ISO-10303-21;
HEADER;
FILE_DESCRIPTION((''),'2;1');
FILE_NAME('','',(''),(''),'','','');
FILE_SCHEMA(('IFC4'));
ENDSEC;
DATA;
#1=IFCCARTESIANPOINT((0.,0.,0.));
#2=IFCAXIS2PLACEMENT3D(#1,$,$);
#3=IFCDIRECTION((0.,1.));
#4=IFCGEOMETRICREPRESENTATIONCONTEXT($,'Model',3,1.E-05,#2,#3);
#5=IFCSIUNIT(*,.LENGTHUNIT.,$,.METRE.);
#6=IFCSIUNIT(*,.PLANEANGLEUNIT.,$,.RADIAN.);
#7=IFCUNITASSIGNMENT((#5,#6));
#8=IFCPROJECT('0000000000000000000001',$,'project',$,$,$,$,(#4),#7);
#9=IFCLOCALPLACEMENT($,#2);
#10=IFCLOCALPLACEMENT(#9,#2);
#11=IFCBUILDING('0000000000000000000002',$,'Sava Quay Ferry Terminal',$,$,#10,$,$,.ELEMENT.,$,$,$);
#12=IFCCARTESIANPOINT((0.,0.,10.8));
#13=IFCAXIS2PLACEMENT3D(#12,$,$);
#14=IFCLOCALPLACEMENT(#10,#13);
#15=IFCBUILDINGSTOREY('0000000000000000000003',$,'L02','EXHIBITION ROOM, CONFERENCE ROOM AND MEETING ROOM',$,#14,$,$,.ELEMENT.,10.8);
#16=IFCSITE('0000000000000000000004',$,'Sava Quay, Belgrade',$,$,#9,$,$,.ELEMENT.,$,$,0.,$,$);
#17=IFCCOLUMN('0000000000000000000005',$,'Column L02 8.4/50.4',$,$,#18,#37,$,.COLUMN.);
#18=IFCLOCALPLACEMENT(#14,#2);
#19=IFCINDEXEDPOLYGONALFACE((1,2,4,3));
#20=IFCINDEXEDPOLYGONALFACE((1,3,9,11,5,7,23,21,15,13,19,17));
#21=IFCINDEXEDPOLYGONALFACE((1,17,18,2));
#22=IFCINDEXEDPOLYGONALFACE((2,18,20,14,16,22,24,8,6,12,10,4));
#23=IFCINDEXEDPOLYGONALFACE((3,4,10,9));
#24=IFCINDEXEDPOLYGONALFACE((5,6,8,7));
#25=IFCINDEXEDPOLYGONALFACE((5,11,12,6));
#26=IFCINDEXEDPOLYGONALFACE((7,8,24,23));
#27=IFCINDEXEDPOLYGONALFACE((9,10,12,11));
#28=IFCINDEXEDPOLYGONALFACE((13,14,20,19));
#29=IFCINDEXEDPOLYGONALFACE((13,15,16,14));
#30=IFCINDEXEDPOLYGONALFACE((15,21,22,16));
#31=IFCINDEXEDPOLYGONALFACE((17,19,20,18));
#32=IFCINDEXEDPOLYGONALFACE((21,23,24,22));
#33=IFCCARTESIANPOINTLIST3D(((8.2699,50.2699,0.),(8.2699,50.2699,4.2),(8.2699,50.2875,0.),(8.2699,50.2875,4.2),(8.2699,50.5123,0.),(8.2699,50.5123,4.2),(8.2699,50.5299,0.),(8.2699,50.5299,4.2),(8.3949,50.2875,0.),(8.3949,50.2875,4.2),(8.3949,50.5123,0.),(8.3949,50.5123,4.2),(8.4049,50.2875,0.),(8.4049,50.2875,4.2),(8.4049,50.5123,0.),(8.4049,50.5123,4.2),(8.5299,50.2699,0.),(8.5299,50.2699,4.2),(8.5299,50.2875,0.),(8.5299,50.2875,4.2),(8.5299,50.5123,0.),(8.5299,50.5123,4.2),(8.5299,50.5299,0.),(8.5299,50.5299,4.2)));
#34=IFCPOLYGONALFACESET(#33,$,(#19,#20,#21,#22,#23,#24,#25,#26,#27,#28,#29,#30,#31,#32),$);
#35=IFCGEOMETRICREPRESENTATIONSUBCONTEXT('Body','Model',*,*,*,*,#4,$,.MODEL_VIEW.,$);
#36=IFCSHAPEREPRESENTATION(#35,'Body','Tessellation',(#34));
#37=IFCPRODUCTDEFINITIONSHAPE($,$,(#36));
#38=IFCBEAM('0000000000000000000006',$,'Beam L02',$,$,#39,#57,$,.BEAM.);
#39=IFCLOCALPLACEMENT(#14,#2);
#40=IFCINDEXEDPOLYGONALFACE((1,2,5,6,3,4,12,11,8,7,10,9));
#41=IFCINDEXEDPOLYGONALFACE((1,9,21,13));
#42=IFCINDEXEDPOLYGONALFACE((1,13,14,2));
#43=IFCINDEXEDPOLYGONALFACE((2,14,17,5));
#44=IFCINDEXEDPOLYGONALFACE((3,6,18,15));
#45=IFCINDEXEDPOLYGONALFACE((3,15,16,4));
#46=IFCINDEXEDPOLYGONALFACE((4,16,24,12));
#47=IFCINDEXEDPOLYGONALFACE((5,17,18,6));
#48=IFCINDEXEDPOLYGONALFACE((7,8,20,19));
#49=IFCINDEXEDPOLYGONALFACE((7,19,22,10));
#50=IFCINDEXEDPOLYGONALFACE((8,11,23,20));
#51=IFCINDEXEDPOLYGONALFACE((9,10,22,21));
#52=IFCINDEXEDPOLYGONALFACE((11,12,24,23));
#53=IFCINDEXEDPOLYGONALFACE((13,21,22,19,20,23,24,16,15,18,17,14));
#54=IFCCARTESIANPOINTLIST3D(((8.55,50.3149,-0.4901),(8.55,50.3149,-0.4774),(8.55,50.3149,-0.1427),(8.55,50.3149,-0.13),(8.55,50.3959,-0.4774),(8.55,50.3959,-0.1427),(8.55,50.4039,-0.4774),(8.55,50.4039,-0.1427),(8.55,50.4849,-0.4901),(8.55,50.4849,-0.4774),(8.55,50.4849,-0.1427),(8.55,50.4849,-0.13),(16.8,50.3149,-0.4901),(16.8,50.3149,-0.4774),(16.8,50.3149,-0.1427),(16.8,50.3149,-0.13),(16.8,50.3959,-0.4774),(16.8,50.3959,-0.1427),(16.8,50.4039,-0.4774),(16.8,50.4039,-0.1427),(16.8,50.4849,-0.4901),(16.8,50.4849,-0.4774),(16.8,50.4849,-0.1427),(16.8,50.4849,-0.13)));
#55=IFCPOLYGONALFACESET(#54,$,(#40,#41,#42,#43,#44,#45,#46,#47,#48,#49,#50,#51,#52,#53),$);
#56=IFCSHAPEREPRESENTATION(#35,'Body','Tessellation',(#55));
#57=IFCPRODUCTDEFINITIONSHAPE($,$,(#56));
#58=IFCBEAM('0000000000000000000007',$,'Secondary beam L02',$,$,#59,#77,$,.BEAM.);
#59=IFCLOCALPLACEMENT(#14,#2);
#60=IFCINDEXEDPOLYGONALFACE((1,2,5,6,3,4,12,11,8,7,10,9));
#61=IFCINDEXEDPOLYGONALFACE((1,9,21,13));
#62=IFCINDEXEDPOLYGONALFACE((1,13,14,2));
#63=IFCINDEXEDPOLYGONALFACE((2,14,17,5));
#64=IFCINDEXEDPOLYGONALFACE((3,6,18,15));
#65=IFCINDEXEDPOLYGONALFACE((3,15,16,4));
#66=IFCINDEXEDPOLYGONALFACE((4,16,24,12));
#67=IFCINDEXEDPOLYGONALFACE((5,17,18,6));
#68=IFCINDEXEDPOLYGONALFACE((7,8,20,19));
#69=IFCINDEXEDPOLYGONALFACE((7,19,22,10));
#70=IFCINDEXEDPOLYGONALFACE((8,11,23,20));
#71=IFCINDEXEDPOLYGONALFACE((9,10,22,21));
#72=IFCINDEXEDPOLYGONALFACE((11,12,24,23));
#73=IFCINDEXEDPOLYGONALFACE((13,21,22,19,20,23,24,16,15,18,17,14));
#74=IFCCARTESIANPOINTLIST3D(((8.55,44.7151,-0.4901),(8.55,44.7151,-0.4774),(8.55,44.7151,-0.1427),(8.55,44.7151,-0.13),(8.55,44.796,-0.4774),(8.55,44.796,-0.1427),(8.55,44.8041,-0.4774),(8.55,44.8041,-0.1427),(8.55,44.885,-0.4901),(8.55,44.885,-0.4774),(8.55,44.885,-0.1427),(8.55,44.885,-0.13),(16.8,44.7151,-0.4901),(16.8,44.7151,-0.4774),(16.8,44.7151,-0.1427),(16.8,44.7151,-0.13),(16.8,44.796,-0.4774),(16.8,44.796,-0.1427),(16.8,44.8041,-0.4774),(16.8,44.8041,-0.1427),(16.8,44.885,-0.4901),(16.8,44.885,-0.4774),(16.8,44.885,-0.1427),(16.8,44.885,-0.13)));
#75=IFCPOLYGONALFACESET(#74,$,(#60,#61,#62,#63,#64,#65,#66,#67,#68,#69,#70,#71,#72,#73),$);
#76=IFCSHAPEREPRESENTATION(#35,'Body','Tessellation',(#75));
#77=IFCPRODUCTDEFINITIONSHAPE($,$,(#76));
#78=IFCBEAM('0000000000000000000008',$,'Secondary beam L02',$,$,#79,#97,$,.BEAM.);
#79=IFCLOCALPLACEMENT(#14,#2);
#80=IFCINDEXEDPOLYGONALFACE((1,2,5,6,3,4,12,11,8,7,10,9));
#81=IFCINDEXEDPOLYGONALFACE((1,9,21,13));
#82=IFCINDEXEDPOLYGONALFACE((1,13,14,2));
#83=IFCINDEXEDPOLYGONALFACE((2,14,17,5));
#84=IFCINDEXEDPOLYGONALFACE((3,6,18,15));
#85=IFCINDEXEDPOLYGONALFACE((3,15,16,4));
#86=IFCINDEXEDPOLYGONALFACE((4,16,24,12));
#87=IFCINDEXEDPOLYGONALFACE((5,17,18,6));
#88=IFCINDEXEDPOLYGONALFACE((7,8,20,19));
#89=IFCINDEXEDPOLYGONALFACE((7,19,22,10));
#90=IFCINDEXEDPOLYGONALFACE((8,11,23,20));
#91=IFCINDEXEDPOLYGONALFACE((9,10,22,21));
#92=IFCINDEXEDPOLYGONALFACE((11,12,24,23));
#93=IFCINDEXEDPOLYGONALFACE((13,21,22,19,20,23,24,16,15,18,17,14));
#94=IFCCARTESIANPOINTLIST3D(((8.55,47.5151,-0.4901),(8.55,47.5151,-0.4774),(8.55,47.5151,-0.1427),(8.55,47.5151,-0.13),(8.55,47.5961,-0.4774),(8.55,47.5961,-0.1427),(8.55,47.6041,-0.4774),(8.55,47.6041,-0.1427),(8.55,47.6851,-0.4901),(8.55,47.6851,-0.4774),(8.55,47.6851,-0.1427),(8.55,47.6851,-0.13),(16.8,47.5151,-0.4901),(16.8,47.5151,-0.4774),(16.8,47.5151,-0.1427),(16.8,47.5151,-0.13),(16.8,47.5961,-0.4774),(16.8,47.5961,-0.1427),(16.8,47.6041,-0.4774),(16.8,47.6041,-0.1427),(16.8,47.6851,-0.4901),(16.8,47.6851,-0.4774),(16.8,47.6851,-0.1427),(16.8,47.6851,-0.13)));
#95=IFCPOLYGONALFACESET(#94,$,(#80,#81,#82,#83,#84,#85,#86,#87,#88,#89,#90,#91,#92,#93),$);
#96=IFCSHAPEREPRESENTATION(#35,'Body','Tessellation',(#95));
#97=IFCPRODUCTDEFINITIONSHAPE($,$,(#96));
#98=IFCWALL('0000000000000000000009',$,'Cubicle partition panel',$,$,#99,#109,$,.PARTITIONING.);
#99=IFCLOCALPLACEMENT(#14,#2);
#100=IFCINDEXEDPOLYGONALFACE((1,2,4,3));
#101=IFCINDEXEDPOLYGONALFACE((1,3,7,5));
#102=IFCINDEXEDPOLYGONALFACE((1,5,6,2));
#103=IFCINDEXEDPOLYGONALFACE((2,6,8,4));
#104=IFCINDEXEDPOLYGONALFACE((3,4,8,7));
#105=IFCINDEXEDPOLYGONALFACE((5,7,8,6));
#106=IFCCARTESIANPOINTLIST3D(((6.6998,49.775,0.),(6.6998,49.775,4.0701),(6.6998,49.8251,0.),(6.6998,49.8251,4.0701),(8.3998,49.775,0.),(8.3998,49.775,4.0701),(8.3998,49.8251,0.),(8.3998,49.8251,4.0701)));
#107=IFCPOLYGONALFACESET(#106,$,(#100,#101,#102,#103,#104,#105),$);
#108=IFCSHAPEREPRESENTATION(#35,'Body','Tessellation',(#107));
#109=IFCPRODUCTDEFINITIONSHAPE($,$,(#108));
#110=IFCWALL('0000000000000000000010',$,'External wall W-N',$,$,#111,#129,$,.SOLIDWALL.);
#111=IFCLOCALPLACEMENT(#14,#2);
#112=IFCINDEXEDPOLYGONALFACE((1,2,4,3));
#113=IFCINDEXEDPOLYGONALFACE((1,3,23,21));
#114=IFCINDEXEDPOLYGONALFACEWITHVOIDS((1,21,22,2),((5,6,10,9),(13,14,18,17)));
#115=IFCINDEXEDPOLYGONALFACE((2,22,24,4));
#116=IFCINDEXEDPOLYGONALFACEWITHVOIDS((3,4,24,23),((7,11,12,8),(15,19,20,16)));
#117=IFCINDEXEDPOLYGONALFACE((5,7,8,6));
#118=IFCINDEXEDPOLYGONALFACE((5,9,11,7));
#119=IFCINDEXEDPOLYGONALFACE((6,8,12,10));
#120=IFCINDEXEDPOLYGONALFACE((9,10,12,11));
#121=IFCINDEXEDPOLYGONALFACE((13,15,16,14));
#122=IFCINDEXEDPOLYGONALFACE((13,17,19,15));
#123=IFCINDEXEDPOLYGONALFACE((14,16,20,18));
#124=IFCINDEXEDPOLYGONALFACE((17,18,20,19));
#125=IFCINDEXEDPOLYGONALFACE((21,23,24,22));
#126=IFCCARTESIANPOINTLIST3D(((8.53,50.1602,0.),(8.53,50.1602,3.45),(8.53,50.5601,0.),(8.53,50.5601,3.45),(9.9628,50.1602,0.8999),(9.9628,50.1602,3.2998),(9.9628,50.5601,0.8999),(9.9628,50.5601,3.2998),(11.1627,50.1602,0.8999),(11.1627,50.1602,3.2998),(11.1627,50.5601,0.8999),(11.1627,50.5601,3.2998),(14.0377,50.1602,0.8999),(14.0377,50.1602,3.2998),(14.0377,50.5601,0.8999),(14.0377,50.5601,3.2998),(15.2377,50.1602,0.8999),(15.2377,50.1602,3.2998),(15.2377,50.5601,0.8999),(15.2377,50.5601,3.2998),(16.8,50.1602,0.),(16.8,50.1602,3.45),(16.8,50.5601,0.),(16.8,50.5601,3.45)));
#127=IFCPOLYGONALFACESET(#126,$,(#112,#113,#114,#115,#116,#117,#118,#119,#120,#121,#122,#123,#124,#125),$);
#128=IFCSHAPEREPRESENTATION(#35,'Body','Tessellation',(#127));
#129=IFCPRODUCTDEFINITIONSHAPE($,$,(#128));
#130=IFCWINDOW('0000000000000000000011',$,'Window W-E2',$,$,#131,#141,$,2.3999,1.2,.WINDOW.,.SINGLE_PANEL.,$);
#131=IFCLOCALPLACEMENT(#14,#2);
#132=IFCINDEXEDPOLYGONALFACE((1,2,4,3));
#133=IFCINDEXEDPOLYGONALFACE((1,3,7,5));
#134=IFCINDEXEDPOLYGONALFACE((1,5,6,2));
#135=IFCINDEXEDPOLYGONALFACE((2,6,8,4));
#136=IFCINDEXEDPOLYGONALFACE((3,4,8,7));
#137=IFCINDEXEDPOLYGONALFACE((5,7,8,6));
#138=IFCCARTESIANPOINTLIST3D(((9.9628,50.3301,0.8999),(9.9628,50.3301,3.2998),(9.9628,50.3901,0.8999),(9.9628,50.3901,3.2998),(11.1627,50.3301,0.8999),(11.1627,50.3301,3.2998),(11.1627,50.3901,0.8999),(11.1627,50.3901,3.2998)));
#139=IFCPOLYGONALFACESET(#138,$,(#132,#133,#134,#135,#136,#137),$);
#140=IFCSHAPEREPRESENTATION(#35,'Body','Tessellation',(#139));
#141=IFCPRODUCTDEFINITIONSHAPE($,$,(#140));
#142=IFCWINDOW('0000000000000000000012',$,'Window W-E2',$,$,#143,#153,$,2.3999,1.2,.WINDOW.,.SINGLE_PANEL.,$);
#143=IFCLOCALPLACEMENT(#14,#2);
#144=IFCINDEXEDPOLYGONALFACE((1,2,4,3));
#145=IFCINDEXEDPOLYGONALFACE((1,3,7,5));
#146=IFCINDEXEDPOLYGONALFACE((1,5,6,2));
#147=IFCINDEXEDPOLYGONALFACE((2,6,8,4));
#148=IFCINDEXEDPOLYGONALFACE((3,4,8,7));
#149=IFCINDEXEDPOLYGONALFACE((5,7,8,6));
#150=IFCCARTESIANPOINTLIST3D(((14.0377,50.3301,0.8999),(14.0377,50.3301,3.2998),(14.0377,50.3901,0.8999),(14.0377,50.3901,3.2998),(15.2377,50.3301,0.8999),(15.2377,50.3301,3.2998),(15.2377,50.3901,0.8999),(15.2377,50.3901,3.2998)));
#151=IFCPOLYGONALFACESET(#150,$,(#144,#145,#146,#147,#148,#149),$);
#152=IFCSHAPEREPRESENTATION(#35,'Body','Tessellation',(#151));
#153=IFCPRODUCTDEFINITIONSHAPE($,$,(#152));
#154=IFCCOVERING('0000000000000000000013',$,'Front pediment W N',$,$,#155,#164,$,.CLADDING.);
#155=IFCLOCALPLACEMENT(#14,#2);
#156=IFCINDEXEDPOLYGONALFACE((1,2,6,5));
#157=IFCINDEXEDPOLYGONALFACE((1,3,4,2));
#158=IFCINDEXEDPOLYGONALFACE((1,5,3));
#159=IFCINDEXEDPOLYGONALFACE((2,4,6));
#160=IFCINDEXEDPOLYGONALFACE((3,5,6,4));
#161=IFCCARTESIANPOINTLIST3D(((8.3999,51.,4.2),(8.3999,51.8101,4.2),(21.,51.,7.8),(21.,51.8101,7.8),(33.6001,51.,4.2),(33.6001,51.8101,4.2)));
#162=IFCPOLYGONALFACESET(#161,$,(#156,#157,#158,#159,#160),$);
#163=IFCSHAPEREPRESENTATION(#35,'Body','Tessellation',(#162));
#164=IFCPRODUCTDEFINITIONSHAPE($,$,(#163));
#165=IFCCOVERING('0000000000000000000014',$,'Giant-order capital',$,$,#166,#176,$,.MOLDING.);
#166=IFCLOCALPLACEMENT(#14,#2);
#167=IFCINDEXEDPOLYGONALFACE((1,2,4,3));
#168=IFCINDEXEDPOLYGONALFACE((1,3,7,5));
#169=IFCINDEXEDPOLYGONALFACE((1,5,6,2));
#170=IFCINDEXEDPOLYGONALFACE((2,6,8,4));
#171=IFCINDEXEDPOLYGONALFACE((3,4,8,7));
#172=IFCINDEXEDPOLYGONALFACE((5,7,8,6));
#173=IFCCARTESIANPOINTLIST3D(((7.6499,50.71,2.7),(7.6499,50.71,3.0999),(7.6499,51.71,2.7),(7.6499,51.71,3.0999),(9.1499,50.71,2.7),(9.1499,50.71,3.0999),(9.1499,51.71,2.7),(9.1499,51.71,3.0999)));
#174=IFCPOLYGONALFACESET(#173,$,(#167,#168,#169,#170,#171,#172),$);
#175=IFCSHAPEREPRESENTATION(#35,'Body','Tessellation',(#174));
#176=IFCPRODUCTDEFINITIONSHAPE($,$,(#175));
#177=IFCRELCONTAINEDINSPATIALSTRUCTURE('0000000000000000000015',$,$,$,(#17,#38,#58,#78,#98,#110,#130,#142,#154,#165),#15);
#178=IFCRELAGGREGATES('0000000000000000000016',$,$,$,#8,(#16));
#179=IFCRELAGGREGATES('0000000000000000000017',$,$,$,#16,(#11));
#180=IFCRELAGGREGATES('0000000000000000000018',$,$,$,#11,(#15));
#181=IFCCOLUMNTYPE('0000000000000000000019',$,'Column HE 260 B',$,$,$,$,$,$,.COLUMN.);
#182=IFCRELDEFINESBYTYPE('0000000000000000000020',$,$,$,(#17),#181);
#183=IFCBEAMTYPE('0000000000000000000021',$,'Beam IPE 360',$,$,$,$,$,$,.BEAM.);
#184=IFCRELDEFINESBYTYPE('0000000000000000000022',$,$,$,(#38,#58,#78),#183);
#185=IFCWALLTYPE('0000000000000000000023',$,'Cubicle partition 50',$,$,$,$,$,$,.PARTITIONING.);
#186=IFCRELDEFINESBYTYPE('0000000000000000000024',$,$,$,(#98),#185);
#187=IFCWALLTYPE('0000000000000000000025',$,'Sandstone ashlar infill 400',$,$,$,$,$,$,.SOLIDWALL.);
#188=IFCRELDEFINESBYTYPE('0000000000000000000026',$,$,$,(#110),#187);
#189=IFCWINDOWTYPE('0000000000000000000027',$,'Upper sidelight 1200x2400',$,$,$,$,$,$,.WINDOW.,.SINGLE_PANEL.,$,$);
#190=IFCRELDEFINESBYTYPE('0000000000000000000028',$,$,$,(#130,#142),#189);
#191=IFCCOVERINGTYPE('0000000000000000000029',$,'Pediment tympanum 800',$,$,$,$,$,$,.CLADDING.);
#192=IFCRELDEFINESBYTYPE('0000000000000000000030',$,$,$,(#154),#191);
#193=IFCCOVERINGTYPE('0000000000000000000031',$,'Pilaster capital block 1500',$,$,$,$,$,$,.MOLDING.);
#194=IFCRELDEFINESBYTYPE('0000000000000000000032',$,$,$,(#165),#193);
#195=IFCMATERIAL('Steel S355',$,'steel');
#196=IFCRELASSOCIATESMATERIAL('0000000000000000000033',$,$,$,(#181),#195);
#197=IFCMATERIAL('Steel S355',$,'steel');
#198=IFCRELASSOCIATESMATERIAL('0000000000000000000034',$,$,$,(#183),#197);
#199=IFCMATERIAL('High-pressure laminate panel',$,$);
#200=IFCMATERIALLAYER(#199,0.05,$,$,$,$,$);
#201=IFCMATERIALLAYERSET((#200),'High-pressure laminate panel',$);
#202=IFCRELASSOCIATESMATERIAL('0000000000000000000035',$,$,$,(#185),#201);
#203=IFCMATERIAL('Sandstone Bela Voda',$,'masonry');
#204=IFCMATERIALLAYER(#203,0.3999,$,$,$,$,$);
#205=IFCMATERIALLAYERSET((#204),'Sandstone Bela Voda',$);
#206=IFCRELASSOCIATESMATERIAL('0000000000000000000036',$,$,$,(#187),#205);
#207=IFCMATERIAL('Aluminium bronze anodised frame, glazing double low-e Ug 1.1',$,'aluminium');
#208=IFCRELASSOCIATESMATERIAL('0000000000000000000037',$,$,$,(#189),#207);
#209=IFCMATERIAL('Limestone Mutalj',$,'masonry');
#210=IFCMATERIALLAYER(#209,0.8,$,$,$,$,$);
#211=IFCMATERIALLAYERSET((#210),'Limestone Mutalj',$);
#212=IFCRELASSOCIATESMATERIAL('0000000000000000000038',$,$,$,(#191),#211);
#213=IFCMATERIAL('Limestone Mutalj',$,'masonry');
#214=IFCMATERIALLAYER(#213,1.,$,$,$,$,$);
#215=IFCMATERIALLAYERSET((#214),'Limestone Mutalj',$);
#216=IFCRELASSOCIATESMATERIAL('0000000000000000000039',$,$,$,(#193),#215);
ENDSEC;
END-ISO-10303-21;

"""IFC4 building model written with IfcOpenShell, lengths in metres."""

from ifc_helpers import new_model, si_unit, direction, frame, frame_2d, origin, origin_2d, place, context, subcontext, project, spatial, polyline, rectangle, i_section, outline, extrude, material, layer, layer_set, material_profile, profile_set, type_object, element, fill, save


model = new_model("IFC4")

# Units and contexts
model_context = context("Model", 3, precision=1e-05, world=origin(), true_north=direction((0.0, 1.0)))
body_context = subcontext(model_context, "Body", "Model", "MODEL_VIEW")
ifc_project = project(units=[si_unit("LENGTHUNIT", "METRE"), si_unit("PLANEANGLEUNIT", "RADIAN")], contexts=[model_context])

# Site, building, storey
site_placement = place(None, origin())
site = spatial("IfcSite", under=ifc_project, at=site_placement, Name="Sava Quay, Belgrade", CompositionType="ELEMENT", RefElevation=0.0)
building_placement = place(site_placement, origin())
building = spatial("IfcBuilding", under=site, at=building_placement, Name="Sava Quay Ferry Terminal", CompositionType="ELEMENT")
storey_placement = place(building_placement, frame((0.0, 0.0, 10.8)))
storey = spatial("IfcBuildingStorey", under=building, at=storey_placement, Name="L02", Description="EXHIBITION ROOM, CONFERENCE ROOM AND MEETING ROOM", CompositionType="ELEMENT", Elevation=10.8)

# Column
ifc_material_1 = material(Name="Steel S355", Category="steel")
ifc_material_profile_1 = material_profile(ifc_material_1, i_section(OverallWidth=0.26, OverallDepth=0.26, WebThickness=0.01, FlangeThickness=0.0176, at=origin_2d()), Name="HE 260 B")
ifc_profile_set_1 = profile_set([ifc_material_profile_1], Name="Steel S355")
column_type = type_object("IfcColumnType", Name="Column HE 260 B", PredefinedType="COLUMN", material=ifc_profile_set_1)
column_placement = place(storey_placement, frame((8.3999, 50.3999, 0.0), z_axis=(0.0, 0.0, 1.0), x_axis=(1.0, 0.0, 0.0)))
element("IfcColumn", 1, at=column_placement, inside=storey, type_object=column_type, Name="Column L02 8.4/50.4", PredefinedType="COLUMN", context=body_context, shape_type="SweptSolid", body=[
    extrude(i_section(OverallWidth=0.26, OverallDepth=0.26, WebThickness=0.01, FlangeThickness=0.0176, at=origin_2d()), origin(), (0.0, 0.0, 1.0), 4.2),
])

# Beams
ifc_material_2 = material(Name="Steel S355", Category="steel")
ifc_material_profile_2 = material_profile(ifc_material_2, i_section(OverallWidth=0.1699, OverallDepth=0.3601, WebThickness=0.0081, FlangeThickness=0.0127, at=origin_2d()), Name="IPE 360")
ifc_profile_set_2 = profile_set([ifc_material_profile_2], Name="Steel S355")
beam_type = type_object("IfcBeamType", Name="Beam IPE 360", PredefinedType="BEAM", material=ifc_profile_set_2)
for number, where, z_axis, x_axis, name in (
    (2, (8.55, 50.3999, -0.3101), (1.0, 0.0, 0.0), (0.0, 1.0, 0.0), "Beam L02"),
    (3, (8.55, 44.8, -0.3101), (1.0, 0.0, 0.0), (0.0, 1.0, 0.0), "Secondary beam L02"),
    (4, (8.55, 47.6001, -0.3101), (1.0, 0.0, 0.0), (0.0, 1.0, 0.0), "Secondary beam L02"),
):
    element("IfcBeam", number, at=place(storey_placement, frame(where, z_axis=z_axis, x_axis=x_axis)), inside=storey, type_object=beam_type, Name=name, PredefinedType="BEAM", context=body_context, shape_type="SweptSolid", body=[
        extrude(i_section(OverallWidth=0.1699, OverallDepth=0.3601, WebThickness=0.0081, FlangeThickness=0.0127, at=origin_2d()), origin(), (0.0, 0.0, 1.0), 8.25),
    ])

# Wall
ifc_material_3 = material(Name="High-pressure laminate panel")
ifc_layer_1 = layer(ifc_material_3, 0.05)
ifc_layer_set_1 = layer_set([ifc_layer_1], Name="High-pressure laminate panel")
wall_type_1 = type_object("IfcWallType", Name="Cubicle partition 50", PredefinedType="PARTITIONING", material=ifc_layer_set_1)
wall_1_placement = place(storey_placement, frame((8.3999, 49.8, 0.0), z_axis=(0.0, 0.0, 1.0), x_axis=(-1.0, 0.0, 0.0)))
element("IfcWall", 5, at=wall_1_placement, inside=storey, type_object=wall_type_1, Name="Cubicle partition panel", PredefinedType="PARTITIONING", context=body_context, shape_type="SweptSolid", body=[
    extrude(rectangle(XDim=1.7, YDim=0.05, at=frame_2d((0.8501, 0.0))), origin(), (0.0, 0.0, 1.0), 4.0701),
])

# Wall, openings, windows
ifc_material_4 = material(Name="Sandstone Bela Voda", Category="masonry")
ifc_layer_2 = layer(ifc_material_4, 0.3999)
ifc_layer_set_2 = layer_set([ifc_layer_2], Name="Sandstone Bela Voda")
wall_type_2 = type_object("IfcWallType", Name="Sandstone ashlar infill 400", PredefinedType="SOLIDWALL", material=ifc_layer_set_2)
wall_2_placement = place(storey_placement, frame((8.53, 50.3601, 0.0), z_axis=(0.0, 0.0, 1.0), x_axis=(1.0, 0.0, 0.0)))
wall_2 = element("IfcWall", 6, at=wall_2_placement, inside=storey, type_object=wall_type_2, Name="External wall W-N", PredefinedType="SOLIDWALL", context=body_context, shape_type="SweptSolid", body=[
    extrude(rectangle(XDim=8.27, YDim=0.3999, at=frame_2d((4.135, 0.0))), origin(), (0.0, 0.0, 1.0), 3.45),
])
opening_1_placement = place(wall_2_placement, frame((1.4326, 0.0, 0.8999)))
opening_1 = element("IfcOpeningElement", 7, at=opening_1_placement, cuts=wall_2, PredefinedType="OPENING", context=body_context, shape_type="SweptSolid", body=[
    extrude(rectangle(XDim=1.2, YDim=2.3999, at=frame_2d((0.6001, 1.2))), frame((0.0, 0.2, 0.0), z_axis=(0.0, -1.0, 0.0), x_axis=(1.0, 0.0, 0.0)), (0.0, 0.0, 1.0), 0.3999),
])
opening_2_placement = place(wall_2_placement, frame((5.5076, 0.0, 0.8999)))
opening_2 = element("IfcOpeningElement", 8, at=opening_2_placement, cuts=wall_2, PredefinedType="OPENING", context=body_context, shape_type="SweptSolid", body=[
    extrude(rectangle(XDim=1.2, YDim=2.3999, at=frame_2d((0.6001, 1.2))), frame((0.0, 0.2, 0.0), z_axis=(0.0, -1.0, 0.0), x_axis=(1.0, 0.0, 0.0)), (0.0, 0.0, 1.0), 0.3999),
])
ifc_material_5 = material(Name="Aluminium bronze anodised frame, glazing double low-e Ug 1.1", Category="aluminium")
window_type = type_object("IfcWindowType", Name="Upper sidelight 1200x2400", PartitioningType="SINGLE_PANEL", PredefinedType="WINDOW", material=ifc_material_5)
window_1_placement = place(opening_1_placement, origin())
window_1 = element("IfcWindow", 9, at=window_1_placement, inside=storey, type_object=window_type, Name="Window W-E2", OverallHeight=2.3999, OverallWidth=1.2, PartitioningType="SINGLE_PANEL", PredefinedType="WINDOW", context=body_context, shape_type="SweptSolid", body=[
    extrude(rectangle(XDim=1.2, YDim=2.3999, at=frame_2d((0.6001, 1.2))), frame((0.0, 0.03, 0.0), z_axis=(0.0, -1.0, 0.0), x_axis=(1.0, 0.0, 0.0)), (0.0, 0.0, 1.0), 0.0601),
])
fill(opening_1, window_1)
window_2_placement = place(opening_2_placement, origin())
window_2 = element("IfcWindow", 10, at=window_2_placement, inside=storey, type_object=window_type, Name="Window W-E2", OverallHeight=2.3999, OverallWidth=1.2, PartitioningType="SINGLE_PANEL", PredefinedType="WINDOW", context=body_context, shape_type="SweptSolid", body=[
    extrude(rectangle(XDim=1.2, YDim=2.3999, at=frame_2d((0.6001, 1.2))), frame((0.0, 0.03, 0.0), z_axis=(0.0, -1.0, 0.0), x_axis=(1.0, 0.0, 0.0)), (0.0, 0.0, 1.0), 0.0601),
])
fill(opening_2, window_2)

# Coverings
ifc_material_6 = material(Name="Limestone Mutalj", Category="masonry")
ifc_layer_3 = layer(ifc_material_6, 0.8)
ifc_layer_set_3 = layer_set([ifc_layer_3], Name="Limestone Mutalj")
covering_type_1 = type_object("IfcCoveringType", Name="Pediment tympanum 800", PredefinedType="CLADDING", material=ifc_layer_set_3)
covering_1_placement = place(storey_placement, frame((8.3999, 51.0, 4.2), z_axis=(0.0, -1.0, 0.0), x_axis=(1.0, 0.0, 0.0)))
element("IfcCovering", 11, at=covering_1_placement, inside=storey, type_object=covering_type_1, Name="Front pediment W N", PredefinedType="CLADDING", context=body_context, shape_type="SweptSolid", body=[
    extrude(outline(polyline([(0.0, 0.0), (25.2002, 0.0), (12.6001, 3.6001), (0.0, 0.0)])), origin(), (0.0, 0.0, -1.0), 0.8101),
])
ifc_material_7 = material(Name="Limestone Mutalj", Category="masonry")
ifc_layer_4 = layer(ifc_material_7, 1.0)
ifc_layer_set_4 = layer_set([ifc_layer_4], Name="Limestone Mutalj")
covering_type_2 = type_object("IfcCoveringType", Name="Pilaster capital block 1500", PredefinedType="MOLDING", material=ifc_layer_set_4)
covering_2_placement = place(storey_placement, frame((8.3999, 51.21, 2.7), z_axis=(0.0, 0.0, 1.0), x_axis=(1.0, 0.0, 0.0)))
element("IfcCovering", 12, at=covering_2_placement, inside=storey, type_object=covering_type_2, Name="Giant-order capital", PredefinedType="MOLDING", context=body_context, shape_type="SweptSolid", body=[
    extrude(rectangle(XDim=1.5, YDim=1.0, at=origin_2d()), origin(), (0.0, 0.0, 1.0), 0.3999),
])

save(model, "model.ifc")
